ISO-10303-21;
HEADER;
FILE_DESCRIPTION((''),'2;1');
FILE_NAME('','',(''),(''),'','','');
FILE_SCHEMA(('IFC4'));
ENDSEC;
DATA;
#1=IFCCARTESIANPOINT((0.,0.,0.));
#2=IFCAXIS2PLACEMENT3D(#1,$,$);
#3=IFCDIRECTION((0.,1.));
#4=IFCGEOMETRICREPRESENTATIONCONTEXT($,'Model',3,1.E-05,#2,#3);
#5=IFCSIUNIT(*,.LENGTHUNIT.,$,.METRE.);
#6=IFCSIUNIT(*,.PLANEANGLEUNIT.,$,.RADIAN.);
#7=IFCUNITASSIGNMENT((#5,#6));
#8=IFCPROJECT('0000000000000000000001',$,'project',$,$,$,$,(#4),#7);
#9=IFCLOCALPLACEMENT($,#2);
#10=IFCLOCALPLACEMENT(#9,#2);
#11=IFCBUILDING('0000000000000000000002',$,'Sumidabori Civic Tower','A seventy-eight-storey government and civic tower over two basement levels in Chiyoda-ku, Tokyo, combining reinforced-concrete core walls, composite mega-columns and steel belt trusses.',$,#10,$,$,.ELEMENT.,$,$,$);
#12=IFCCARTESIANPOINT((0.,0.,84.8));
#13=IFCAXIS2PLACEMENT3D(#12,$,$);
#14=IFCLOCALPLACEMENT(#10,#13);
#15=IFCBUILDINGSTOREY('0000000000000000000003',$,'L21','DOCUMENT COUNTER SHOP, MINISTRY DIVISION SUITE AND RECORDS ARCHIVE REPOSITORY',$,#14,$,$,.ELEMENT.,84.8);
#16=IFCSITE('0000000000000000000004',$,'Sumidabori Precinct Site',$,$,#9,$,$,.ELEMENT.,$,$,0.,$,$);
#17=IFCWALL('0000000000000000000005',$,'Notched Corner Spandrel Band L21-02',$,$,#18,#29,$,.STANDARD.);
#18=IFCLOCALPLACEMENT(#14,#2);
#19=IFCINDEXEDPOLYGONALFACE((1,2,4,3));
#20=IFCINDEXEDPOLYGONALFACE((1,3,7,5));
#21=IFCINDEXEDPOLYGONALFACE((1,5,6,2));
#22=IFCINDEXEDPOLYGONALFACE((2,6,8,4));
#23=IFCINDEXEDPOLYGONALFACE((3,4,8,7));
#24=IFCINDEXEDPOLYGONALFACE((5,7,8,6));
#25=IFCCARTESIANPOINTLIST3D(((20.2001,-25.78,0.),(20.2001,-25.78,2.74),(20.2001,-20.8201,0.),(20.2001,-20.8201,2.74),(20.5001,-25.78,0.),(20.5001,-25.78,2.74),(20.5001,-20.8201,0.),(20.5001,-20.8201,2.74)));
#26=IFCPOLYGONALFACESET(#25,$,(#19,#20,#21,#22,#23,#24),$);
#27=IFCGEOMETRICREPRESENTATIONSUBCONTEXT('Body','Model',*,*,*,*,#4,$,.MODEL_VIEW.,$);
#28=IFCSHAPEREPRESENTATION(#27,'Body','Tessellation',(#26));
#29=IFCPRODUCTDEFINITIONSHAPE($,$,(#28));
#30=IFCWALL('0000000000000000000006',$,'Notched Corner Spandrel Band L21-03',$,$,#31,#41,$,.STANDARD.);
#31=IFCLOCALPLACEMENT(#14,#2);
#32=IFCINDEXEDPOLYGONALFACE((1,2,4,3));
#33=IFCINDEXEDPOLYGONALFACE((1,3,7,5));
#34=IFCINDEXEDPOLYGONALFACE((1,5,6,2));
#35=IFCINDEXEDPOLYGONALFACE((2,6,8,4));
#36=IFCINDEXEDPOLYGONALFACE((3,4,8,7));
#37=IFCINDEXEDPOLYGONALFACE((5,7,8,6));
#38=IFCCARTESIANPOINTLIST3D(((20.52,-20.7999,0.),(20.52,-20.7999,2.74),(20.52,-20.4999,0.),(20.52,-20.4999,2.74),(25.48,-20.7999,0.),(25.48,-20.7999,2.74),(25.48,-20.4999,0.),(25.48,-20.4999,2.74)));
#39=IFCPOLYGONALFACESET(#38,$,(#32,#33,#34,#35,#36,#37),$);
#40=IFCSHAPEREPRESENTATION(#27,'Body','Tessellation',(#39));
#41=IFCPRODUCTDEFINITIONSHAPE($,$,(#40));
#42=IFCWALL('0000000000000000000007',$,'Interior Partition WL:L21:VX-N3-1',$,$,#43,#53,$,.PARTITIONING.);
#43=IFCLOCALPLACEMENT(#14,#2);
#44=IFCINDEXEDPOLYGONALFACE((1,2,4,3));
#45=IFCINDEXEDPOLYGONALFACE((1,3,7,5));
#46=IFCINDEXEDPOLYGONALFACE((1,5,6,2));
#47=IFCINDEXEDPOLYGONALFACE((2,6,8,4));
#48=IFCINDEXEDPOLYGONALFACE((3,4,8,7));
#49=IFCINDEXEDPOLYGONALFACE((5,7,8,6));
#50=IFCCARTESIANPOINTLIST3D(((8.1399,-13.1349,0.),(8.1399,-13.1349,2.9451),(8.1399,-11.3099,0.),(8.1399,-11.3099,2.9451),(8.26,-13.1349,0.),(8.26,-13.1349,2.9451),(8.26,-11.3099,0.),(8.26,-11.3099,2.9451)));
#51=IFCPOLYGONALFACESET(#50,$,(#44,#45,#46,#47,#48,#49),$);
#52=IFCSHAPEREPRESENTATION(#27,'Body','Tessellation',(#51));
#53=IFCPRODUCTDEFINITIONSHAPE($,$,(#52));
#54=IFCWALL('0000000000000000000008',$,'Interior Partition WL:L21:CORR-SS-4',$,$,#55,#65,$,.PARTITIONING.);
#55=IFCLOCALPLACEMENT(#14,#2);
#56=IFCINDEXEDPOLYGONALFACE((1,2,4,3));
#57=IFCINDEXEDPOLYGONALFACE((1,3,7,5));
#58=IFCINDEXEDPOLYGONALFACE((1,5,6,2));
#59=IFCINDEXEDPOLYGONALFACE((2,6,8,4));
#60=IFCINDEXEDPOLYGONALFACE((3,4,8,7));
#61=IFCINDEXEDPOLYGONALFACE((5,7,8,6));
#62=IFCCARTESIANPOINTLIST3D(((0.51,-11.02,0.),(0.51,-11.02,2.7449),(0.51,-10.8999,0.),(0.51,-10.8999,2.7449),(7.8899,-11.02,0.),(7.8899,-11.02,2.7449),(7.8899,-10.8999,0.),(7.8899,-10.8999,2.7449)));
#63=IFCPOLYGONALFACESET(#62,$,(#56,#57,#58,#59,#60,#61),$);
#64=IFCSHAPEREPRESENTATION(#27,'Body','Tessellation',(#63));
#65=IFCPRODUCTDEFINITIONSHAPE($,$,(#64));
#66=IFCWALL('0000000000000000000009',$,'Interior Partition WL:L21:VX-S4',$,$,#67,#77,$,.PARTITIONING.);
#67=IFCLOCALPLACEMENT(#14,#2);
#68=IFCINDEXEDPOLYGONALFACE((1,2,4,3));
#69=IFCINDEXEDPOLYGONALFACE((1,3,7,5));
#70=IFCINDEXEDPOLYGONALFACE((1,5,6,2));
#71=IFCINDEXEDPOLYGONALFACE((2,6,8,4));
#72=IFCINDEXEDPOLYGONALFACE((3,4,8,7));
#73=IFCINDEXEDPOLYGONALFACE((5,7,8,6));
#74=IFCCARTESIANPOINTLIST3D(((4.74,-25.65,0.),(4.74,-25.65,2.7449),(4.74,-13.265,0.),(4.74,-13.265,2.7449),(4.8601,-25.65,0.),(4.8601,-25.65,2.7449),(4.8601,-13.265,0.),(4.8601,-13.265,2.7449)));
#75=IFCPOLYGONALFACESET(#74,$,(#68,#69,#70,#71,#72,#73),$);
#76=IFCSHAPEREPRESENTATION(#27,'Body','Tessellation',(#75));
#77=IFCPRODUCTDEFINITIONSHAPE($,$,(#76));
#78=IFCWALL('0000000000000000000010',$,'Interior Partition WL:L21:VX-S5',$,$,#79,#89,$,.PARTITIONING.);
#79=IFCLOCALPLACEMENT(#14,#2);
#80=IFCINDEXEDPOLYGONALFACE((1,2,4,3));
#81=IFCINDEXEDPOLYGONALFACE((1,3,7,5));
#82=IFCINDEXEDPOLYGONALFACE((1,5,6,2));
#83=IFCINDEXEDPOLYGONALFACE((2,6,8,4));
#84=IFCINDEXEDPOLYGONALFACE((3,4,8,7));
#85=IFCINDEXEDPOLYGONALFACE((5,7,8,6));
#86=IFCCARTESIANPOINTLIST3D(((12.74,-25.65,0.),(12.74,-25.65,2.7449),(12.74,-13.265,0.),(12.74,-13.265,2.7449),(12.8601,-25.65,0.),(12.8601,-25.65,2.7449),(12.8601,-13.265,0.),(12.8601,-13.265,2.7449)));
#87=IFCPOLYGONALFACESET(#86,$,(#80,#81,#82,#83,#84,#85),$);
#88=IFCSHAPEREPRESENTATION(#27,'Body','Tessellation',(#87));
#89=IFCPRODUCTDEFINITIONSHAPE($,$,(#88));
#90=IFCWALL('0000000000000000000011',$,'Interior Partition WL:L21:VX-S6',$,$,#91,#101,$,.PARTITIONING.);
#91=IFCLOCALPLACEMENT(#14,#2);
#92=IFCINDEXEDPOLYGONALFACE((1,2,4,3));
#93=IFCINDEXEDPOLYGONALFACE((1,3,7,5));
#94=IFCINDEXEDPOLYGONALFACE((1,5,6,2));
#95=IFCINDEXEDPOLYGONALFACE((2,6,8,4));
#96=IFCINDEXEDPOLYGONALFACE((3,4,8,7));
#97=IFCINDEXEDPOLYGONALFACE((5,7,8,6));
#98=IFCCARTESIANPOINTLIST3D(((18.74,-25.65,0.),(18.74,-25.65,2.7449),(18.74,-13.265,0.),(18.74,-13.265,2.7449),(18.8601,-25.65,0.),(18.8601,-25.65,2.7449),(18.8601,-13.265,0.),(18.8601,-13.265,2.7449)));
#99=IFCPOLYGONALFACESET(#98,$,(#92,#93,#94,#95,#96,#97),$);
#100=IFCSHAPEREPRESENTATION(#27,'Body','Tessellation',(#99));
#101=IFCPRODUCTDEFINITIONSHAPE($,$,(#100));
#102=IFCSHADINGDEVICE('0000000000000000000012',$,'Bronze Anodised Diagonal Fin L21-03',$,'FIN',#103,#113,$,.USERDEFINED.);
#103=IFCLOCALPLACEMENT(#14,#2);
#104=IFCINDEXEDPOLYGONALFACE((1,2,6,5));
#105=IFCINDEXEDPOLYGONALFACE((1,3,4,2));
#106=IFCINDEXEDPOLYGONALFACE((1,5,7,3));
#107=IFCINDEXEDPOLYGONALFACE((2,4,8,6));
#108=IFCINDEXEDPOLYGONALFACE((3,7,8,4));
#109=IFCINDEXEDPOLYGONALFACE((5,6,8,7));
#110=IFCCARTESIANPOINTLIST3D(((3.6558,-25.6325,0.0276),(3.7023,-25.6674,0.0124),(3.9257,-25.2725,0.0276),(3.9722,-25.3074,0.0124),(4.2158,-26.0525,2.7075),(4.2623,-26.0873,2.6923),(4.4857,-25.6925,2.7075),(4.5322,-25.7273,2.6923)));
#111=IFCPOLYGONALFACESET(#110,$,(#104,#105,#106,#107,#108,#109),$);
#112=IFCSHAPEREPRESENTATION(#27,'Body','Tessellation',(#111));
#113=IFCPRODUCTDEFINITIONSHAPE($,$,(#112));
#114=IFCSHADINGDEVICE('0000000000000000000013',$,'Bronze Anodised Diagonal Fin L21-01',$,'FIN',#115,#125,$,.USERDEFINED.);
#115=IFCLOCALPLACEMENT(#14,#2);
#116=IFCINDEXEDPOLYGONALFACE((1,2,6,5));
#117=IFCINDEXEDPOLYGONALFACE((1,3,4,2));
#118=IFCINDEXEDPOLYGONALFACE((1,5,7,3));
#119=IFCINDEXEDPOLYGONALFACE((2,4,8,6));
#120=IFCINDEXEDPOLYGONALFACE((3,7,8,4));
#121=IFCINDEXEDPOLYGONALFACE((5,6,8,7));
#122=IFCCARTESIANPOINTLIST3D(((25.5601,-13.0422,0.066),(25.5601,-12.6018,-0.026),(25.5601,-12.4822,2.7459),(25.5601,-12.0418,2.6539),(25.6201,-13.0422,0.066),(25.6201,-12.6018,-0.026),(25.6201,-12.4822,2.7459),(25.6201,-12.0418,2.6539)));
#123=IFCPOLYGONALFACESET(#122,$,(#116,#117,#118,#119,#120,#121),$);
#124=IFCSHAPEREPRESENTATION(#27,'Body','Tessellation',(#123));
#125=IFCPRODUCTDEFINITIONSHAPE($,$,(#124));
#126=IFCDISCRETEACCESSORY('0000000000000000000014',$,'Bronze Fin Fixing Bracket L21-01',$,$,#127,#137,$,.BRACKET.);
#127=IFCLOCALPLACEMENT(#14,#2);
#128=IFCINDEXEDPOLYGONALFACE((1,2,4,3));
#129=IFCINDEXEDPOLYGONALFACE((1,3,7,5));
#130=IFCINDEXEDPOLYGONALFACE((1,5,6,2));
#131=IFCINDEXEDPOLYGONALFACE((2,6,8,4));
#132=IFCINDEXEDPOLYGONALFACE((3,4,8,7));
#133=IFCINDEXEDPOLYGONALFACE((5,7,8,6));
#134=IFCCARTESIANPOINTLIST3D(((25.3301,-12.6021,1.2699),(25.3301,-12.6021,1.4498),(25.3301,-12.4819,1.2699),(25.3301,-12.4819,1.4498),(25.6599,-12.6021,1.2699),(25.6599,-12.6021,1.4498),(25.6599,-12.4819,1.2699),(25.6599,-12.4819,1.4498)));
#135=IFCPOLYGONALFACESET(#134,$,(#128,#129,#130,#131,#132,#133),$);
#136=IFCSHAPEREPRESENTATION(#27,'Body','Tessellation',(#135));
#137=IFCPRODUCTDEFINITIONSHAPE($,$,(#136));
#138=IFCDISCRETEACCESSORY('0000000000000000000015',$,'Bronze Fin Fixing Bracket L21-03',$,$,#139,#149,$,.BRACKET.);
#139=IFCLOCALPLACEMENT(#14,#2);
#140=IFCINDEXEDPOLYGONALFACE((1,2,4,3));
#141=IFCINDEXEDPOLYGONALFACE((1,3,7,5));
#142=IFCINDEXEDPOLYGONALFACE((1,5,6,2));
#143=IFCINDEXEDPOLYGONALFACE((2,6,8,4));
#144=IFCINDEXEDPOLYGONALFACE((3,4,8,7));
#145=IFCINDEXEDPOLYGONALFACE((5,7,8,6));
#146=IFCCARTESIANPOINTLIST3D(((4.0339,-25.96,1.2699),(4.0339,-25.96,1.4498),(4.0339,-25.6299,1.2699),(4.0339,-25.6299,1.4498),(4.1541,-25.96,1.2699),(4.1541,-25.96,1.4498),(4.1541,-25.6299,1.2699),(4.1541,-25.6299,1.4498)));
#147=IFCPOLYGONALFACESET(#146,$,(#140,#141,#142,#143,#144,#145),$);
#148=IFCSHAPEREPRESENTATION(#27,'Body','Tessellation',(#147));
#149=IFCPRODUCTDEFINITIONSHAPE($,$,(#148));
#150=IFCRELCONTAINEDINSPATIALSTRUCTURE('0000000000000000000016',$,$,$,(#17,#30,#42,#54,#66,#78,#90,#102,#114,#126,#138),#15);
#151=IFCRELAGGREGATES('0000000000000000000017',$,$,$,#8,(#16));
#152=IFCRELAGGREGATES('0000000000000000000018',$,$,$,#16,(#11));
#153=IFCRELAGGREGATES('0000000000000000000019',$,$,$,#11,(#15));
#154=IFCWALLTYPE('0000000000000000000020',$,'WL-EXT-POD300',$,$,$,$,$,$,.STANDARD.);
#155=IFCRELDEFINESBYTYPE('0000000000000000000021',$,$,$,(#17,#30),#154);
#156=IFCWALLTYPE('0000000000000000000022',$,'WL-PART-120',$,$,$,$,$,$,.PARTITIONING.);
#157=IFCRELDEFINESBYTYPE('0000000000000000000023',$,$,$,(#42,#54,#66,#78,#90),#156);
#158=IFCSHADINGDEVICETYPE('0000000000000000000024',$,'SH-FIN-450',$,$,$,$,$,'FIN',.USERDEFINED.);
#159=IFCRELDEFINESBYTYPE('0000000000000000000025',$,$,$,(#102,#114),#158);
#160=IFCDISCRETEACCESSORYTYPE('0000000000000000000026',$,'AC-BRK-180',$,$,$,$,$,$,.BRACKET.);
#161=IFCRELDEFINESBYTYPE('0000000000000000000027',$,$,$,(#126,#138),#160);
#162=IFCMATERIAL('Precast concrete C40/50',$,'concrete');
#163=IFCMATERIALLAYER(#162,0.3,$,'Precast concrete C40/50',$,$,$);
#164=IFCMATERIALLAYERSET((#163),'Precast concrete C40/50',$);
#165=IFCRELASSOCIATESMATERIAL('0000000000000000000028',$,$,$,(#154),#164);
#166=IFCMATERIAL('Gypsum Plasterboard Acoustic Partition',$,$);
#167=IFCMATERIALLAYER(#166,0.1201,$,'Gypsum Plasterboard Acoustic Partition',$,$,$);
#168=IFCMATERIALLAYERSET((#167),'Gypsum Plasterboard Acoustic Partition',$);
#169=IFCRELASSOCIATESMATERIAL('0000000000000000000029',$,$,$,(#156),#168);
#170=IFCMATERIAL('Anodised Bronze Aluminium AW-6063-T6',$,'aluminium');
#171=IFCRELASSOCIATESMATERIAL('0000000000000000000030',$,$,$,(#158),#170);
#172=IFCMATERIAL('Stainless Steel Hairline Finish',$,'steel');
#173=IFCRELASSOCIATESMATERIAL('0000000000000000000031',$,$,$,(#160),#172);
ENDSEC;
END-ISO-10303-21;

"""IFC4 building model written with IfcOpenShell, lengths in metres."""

from ifc_helpers import new_model, si_unit, direction, frame, frame_2d, origin, origin_2d, place, context, subcontext, project, spatial, rectangle, extrude, source, transform, mapped, material, layer, layer_set, material_profile, profile_set, type_object, element, save


model = new_model("IFC4")

# Units and contexts
model_context = context("Model", 3, precision=1e-05, world=origin(), true_north=direction((0.0, 1.0)))
body_context = subcontext(model_context, "Body", "Model", "MODEL_VIEW")
ifc_project = project(units=[si_unit("LENGTHUNIT", "METRE"), si_unit("PLANEANGLEUNIT", "RADIAN")], contexts=[model_context])

# Site, building, storey
site_placement = place(None, origin())
site = spatial("IfcSite", under=ifc_project, at=site_placement, Name="Sumidabori Precinct Site", CompositionType="ELEMENT", RefElevation=0.0)
building_placement = place(site_placement, origin())
building = spatial("IfcBuilding", under=site, at=building_placement, Name="Sumidabori Civic Tower", Description="A seventy-eight-storey government and civic tower over two basement levels in Chiyoda-ku, Tokyo, combining reinforced-concrete core walls, composite mega-columns and steel belt trusses.", CompositionType="ELEMENT")
storey_placement = place(building_placement, frame((0.0, 0.0, 84.8)))
storey = spatial("IfcBuildingStorey", under=building, at=storey_placement, Name="L21", Description="DOCUMENT COUNTER SHOP, MINISTRY DIVISION SUITE AND RECORDS ARCHIVE REPOSITORY", CompositionType="ELEMENT", Elevation=84.8)

# Shared definitions
ifc_material_1 = material(Name="Anodised Bronze Aluminium AW-6063-T6", Category="aluminium")

# Walls
ifc_material_2 = material(Name="Precast concrete C40/50", Category="concrete")
ifc_layer_1 = layer(ifc_material_2, 0.3, Name="Precast concrete C40/50")
ifc_layer_set_1 = layer_set([ifc_layer_1], Name="Precast concrete C40/50")
wall_type_1 = type_object("IfcWallType", Name="WL-EXT-POD300", PredefinedType="STANDARD", material=ifc_layer_set_1)
shared_shape_1 = source(origin(), body_context, "Body", "SweptSolid", [
    extrude(rectangle(XDim=4.96, YDim=0.3, at=frame_2d((2.48, 0.0))), origin(), (0.0, 0.0, 1.0), 2.74),
])
for number, where, z_axis, x_axis, name in (
    (1, (20.3501, -25.78, 0.0), (0.0, 0.0, 1.0), (0.0, 1.0, 0.0), "Notched Corner Spandrel Band L21-02"),
    (2, (20.52, -20.6499, 0.0), (0.0, 0.0, 1.0), (1.0, 0.0, 0.0), "Notched Corner Spandrel Band L21-03"),
):
    element("IfcWall", number, at=place(storey_placement, frame(where, z_axis=z_axis, x_axis=x_axis)), inside=storey, type_object=wall_type_1, Name=name, PredefinedType="STANDARD", context=body_context, shape_type="MappedRepresentation", body=[
        mapped(shared_shape_1, transform((0.0, 0.0, 0.0), x_axis=(1.0, 0.0, 0.0), y_axis=(0.0, 1.0, 0.0), z_axis=(0.0, 0.0, 1.0), scale=1.0)),
    ])
ifc_material_3 = material(Name="Gypsum Plasterboard Acoustic Partition")
ifc_layer_2 = layer(ifc_material_3, 0.1201, Name="Gypsum Plasterboard Acoustic Partition")
ifc_layer_set_2 = layer_set([ifc_layer_2], Name="Gypsum Plasterboard Acoustic Partition")
wall_type_2 = type_object("IfcWallType", Name="WL-PART-120", PredefinedType="PARTITIONING", material=ifc_layer_set_2)
shared_shape_2 = source(origin(), body_context, "Body", "SweptSolid", [
    extrude(rectangle(XDim=1.825, YDim=0.1201, at=frame_2d((0.9126, 0.0))), origin(), (0.0, 0.0, 1.0), 2.9451),
])
wall_1_placement = place(storey_placement, frame((8.2, -13.135, 0.0), z_axis=(0.0, 0.0, 1.0), x_axis=(0.0, 1.0, 0.0)))
element("IfcWall", 3, at=wall_1_placement, inside=storey, type_object=wall_type_2, Name="Interior Partition WL:L21:VX-N3-1", PredefinedType="PARTITIONING", context=body_context, shape_type="MappedRepresentation", body=[
    mapped(shared_shape_2, transform((0.0, 0.0, 0.0), x_axis=(1.0, 0.0, 0.0), y_axis=(0.0, 1.0, 0.0), z_axis=(0.0, 0.0, 1.0), scale=1.0)),
])
shared_shape_3 = source(origin(), body_context, "Body", "SweptSolid", [
    extrude(rectangle(XDim=7.3799, YDim=0.1201, at=frame_2d((3.6899, 0.0))), origin(), (0.0, 0.0, 1.0), 2.7449),
])
wall_2_placement = place(storey_placement, frame((0.51, -10.96, 0.0), z_axis=(0.0, 0.0, 1.0), x_axis=(1.0, 0.0, 0.0)))
element("IfcWall", 4, at=wall_2_placement, inside=storey, type_object=wall_type_2, Name="Interior Partition WL:L21:CORR-SS-4", PredefinedType="PARTITIONING", context=body_context, shape_type="MappedRepresentation", body=[
    mapped(shared_shape_3, transform((0.0, 0.0, 0.0), x_axis=(1.0, 0.0, 0.0), y_axis=(0.0, 1.0, 0.0), z_axis=(0.0, 0.0, 1.0), scale=1.0)),
])
shared_shape_4 = source(origin(), body_context, "Body", "SweptSolid", [
    extrude(rectangle(XDim=12.385, YDim=0.1201, at=frame_2d((6.1924, 0.0))), origin(), (0.0, 0.0, 1.0), 2.7449),
])
for number, where, z_axis, x_axis, name in (
    (5, (4.8, -25.6499, 0.0), (0.0, 0.0, 1.0), (0.0, 1.0, 0.0), "Interior Partition WL:L21:VX-S4"),
    (6, (12.8, -25.6499, 0.0), (0.0, 0.0, 1.0), (0.0, 1.0, 0.0), "Interior Partition WL:L21:VX-S5"),
    (7, (18.8, -25.6499, 0.0), (0.0, 0.0, 1.0), (0.0, 1.0, 0.0), "Interior Partition WL:L21:VX-S6"),
):
    element("IfcWall", number, at=place(storey_placement, frame(where, z_axis=z_axis, x_axis=x_axis)), inside=storey, type_object=wall_type_2, Name=name, PredefinedType="PARTITIONING", context=body_context, shape_type="MappedRepresentation", body=[
        mapped(shared_shape_4, transform((0.0, 0.0, 0.0), x_axis=(1.0, 0.0, 0.0), y_axis=(0.0, 1.0, 0.0), z_axis=(0.0, 0.0, 1.0), scale=1.0)),
    ])

# Shading devices
ifc_material_profile_1 = material_profile(ifc_material_1, rectangle(XDim=0.0601, YDim=0.45, at=origin_2d()), Name="BRONZE FIN 450x60")
ifc_profile_set_1 = profile_set([ifc_material_profile_1], Name="Anodised Bronze Aluminium AW-6063-T6")
shading_device_type = type_object("IfcShadingDeviceType", Name="SH-FIN-450", ElementType="FIN", PredefinedType="USERDEFINED", material=ifc_profile_set_1)
shared_shape_5 = source(origin(), body_context, "Body", "SweptSolid", [
    extrude(rectangle(XDim=0.0601, YDim=0.45, at=origin_2d()), origin(), (0.0, 0.0, 1.0), 2.7698),
])
shading_device_1_placement = place(storey_placement, frame((3.814, -25.47, 0.02), z_axis=(0.202199, -0.151605, 0.967539), x_axis=(0.774112, -0.580415, -0.252722)))
element("IfcShadingDevice", 8, at=shading_device_1_placement, inside=storey, type_object=shading_device_type, Name="Bronze Anodised Diagonal Fin L21-03", ObjectType="FIN", PredefinedType="USERDEFINED", context=body_context, shape_type="MappedRepresentation", body=[
    mapped(shared_shape_5, transform((0.0, 0.0, 0.0), x_axis=(1.0, 0.0, 0.0), y_axis=(0.0, 1.0, 0.0), z_axis=(0.0, 0.0, 1.0), scale=1.0)),
])
shared_shape_6 = source(origin(), body_context, "Body", "SweptSolid", [
    extrude(rectangle(XDim=0.0601, YDim=0.45, at=origin_2d()), origin(), (0.0, 0.0, 1.0), 2.7378),
])
shading_device_2_placement = place(storey_placement, frame((25.5901, -12.822, 0.02), z_axis=(0.0, 0.204563, 0.978853), x_axis=(-1.0, 0.0, 0.0)))
element("IfcShadingDevice", 9, at=shading_device_2_placement, inside=storey, type_object=shading_device_type, Name="Bronze Anodised Diagonal Fin L21-01", ObjectType="FIN", PredefinedType="USERDEFINED", context=body_context, shape_type="MappedRepresentation", body=[
    mapped(shared_shape_6, transform((0.0, 0.0, 0.0), x_axis=(1.0, 0.0, 0.0), y_axis=(0.0, 1.0, 0.0), z_axis=(0.0, 0.0, 1.0), scale=1.0)),
])

# Discrete accessories
ifc_material_4 = material(Name="Stainless Steel Hairline Finish", Category="steel")
ifc_material_profile_2 = material_profile(ifc_material_4, rectangle(XDim=0.1201, YDim=0.1799, at=origin_2d()), Name="STEEL BRACKET 180x120")
ifc_profile_set_2 = profile_set([ifc_material_profile_2], Name="Stainless Steel Hairline Finish")
discrete_accessory_type = type_object("IfcDiscreteAccessoryType", Name="AC-BRK-180", PredefinedType="BRACKET", material=ifc_profile_set_2)
shared_shape_7 = source(origin(), body_context, "Body", "SweptSolid", [
    extrude(rectangle(XDim=0.1201, YDim=0.1799, at=origin_2d()), origin(), (0.0, 0.0, 1.0), 0.3298),
])
discrete_accessory_1_placement = place(storey_placement, frame((25.3301, -12.542, 1.3599), z_axis=(1.0, 0.0, 0.0), x_axis=(0.0, 1.0, 0.0)))
element("IfcDiscreteAccessory", 10, at=discrete_accessory_1_placement, inside=storey, type_object=discrete_accessory_type, Name="Bronze Fin Fixing Bracket L21-01", PredefinedType="BRACKET", context=body_context, shape_type="MappedRepresentation", body=[
    mapped(shared_shape_7, transform((0.0, 0.0, 0.0), x_axis=(1.0, 0.0, 0.0), y_axis=(0.0, 1.0, 0.0), z_axis=(0.0, 0.0, 1.0), scale=1.0)),
])
shared_shape_8 = source(origin(), body_context, "Body", "SweptSolid", [
    extrude(rectangle(XDim=0.1201, YDim=0.1799, at=origin_2d()), origin(), (0.0, 0.0, 1.0), 0.3301),
])
discrete_accessory_2_placement = place(storey_placement, frame((4.094, -25.6299, 1.3599), z_axis=(0.0, -1.0, 0.0), x_axis=(1.0, 0.0, 0.0)))
element("IfcDiscreteAccessory", 11, at=discrete_accessory_2_placement, inside=storey, type_object=discrete_accessory_type, Name="Bronze Fin Fixing Bracket L21-03", PredefinedType="BRACKET", context=body_context, shape_type="MappedRepresentation", body=[
    mapped(shared_shape_8, transform((0.0, 0.0, 0.0), x_axis=(1.0, 0.0, 0.0), y_axis=(0.0, 1.0, 0.0), z_axis=(0.0, 0.0, 1.0), scale=1.0)),
])

save(model, "model.ifc")
